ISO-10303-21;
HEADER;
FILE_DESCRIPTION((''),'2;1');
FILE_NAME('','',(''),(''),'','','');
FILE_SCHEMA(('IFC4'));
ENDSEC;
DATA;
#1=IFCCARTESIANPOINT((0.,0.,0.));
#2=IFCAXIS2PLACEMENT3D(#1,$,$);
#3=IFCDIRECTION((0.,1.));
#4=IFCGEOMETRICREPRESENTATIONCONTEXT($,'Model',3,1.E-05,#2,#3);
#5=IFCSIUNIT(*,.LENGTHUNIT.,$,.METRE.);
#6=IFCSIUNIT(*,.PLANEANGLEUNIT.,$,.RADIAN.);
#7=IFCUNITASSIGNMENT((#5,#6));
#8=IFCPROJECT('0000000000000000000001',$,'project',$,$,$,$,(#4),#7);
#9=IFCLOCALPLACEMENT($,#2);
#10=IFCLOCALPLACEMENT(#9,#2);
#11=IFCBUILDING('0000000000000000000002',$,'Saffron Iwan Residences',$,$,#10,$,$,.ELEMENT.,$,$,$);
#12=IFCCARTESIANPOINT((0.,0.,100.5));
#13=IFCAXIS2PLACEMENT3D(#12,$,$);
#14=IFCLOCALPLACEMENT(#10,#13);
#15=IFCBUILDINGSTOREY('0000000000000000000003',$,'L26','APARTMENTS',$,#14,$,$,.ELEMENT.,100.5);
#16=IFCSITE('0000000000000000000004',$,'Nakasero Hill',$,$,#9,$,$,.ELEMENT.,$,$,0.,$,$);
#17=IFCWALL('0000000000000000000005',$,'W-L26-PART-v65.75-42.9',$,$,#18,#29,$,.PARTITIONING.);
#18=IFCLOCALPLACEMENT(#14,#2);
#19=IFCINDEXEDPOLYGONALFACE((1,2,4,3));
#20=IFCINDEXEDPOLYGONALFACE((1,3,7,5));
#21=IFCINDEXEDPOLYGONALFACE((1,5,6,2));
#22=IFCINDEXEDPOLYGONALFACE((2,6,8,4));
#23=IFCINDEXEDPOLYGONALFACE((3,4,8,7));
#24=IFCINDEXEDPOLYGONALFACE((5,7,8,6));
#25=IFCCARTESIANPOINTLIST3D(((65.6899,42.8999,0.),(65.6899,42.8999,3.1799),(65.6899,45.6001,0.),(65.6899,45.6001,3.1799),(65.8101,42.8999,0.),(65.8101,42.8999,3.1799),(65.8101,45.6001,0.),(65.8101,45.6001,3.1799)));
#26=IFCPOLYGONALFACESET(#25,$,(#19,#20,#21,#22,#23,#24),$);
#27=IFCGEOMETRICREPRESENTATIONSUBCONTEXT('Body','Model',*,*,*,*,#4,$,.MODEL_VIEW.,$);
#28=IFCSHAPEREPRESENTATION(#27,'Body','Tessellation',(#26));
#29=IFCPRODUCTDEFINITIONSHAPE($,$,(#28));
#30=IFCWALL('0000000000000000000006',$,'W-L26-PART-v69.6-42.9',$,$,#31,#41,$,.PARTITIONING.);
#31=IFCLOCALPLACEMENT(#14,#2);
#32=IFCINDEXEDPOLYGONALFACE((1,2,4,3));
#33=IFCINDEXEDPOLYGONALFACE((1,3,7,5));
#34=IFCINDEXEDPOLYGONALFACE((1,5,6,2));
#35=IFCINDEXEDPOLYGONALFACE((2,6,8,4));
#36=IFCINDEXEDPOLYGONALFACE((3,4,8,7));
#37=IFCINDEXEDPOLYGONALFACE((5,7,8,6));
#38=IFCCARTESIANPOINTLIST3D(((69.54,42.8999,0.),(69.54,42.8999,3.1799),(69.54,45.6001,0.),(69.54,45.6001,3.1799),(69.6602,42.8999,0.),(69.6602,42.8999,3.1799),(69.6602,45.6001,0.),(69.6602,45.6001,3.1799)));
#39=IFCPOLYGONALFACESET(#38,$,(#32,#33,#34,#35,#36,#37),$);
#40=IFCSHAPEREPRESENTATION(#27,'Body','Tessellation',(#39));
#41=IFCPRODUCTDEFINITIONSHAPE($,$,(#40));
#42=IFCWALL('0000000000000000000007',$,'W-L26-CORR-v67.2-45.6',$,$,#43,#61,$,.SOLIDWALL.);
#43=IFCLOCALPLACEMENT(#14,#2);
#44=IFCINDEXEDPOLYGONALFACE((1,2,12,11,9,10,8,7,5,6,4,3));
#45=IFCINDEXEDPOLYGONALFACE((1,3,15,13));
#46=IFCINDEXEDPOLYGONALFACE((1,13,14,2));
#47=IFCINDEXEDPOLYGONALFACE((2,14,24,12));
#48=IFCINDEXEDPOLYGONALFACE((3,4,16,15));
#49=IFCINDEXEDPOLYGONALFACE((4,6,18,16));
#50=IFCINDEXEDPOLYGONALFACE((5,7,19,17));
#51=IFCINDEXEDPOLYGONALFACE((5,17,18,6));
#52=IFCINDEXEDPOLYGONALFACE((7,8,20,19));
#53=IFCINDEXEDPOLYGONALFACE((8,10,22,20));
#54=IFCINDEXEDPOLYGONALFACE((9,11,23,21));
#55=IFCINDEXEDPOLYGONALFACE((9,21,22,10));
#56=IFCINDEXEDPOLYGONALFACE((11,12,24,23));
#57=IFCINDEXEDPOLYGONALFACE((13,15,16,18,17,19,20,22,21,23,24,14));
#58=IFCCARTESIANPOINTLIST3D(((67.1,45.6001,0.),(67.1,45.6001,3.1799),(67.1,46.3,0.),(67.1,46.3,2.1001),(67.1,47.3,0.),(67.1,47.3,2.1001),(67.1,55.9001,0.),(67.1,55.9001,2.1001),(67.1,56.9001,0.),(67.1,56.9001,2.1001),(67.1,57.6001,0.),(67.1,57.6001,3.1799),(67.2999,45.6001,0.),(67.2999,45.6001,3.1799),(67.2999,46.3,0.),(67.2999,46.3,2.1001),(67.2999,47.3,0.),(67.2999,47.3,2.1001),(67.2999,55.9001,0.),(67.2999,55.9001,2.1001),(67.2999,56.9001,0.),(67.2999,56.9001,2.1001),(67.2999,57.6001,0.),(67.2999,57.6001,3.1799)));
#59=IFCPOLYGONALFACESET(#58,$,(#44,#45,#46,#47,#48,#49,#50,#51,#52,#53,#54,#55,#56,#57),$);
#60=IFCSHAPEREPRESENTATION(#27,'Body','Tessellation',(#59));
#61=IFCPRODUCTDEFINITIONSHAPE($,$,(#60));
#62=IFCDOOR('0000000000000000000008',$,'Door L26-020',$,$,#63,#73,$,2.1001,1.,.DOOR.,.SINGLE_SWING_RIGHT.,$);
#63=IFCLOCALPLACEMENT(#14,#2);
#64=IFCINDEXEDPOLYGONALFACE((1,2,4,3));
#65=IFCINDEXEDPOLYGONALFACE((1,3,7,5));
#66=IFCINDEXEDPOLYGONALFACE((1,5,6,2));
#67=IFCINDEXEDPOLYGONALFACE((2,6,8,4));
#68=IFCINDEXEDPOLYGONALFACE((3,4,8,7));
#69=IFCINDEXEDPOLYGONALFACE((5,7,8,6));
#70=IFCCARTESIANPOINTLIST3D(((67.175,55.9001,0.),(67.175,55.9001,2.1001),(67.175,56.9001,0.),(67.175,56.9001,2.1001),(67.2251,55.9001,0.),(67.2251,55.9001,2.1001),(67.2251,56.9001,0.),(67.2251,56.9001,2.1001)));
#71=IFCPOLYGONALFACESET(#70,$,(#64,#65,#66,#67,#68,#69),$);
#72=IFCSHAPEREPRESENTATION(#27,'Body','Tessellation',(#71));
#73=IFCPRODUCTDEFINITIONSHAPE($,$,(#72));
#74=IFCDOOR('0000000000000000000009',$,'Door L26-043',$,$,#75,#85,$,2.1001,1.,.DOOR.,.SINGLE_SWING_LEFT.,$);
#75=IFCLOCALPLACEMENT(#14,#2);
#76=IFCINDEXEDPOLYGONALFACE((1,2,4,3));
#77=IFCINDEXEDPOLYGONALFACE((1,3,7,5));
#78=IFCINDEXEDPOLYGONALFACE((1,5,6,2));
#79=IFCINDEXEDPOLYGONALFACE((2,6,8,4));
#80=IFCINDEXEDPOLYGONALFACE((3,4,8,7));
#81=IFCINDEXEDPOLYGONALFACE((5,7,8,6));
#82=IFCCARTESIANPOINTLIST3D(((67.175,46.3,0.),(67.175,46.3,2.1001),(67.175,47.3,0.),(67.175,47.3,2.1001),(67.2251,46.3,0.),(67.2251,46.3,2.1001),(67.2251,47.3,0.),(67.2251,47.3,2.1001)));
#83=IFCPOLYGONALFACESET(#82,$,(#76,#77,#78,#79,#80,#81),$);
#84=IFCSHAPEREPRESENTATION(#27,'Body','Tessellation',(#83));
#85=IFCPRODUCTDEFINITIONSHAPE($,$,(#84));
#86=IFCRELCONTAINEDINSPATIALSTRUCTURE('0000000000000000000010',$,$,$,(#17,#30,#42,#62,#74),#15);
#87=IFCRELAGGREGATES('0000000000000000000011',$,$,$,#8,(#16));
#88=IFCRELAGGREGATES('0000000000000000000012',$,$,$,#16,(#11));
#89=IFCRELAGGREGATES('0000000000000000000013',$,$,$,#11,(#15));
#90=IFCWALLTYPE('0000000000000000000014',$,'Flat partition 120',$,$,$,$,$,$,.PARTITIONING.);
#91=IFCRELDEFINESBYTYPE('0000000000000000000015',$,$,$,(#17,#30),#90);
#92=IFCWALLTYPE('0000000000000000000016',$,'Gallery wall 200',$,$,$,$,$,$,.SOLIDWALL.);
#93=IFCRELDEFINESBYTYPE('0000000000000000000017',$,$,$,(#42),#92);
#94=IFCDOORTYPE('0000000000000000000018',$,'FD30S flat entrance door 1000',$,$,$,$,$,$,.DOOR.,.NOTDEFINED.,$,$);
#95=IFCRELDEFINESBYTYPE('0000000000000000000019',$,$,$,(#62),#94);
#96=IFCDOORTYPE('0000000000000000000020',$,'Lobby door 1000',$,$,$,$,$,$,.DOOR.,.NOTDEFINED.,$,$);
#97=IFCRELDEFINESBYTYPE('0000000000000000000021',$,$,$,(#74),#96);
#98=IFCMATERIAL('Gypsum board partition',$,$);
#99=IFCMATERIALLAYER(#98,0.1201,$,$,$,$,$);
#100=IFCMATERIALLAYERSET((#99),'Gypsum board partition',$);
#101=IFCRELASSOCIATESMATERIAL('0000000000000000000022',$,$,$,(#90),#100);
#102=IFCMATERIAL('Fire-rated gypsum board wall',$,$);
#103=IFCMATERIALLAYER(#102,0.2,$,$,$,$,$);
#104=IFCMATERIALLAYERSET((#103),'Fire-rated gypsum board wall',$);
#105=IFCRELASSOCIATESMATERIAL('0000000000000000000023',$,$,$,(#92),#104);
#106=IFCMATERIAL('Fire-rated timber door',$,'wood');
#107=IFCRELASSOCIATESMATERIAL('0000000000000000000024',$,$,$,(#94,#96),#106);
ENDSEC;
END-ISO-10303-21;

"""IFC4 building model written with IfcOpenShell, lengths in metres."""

from ifc_helpers import new_model, si_unit, direction, frame, frame_2d, origin, place, context, subcontext, project, spatial, rectangle, extrude, material, layer, layer_set, type_object, element, fill, save


model = new_model("IFC4")

# Units and contexts
model_context = context("Model", 3, precision=1e-05, world=origin(), true_north=direction((0.0, 1.0)))
body_context = subcontext(model_context, "Body", "Model", "MODEL_VIEW")
ifc_project = project(units=[si_unit("LENGTHUNIT", "METRE"), si_unit("PLANEANGLEUNIT", "RADIAN")], contexts=[model_context])

# Site, building, storey
site_placement = place(None, origin())
site = spatial("IfcSite", under=ifc_project, at=site_placement, Name="Nakasero Hill", CompositionType="ELEMENT", RefElevation=0.0)
building_placement = place(site_placement, origin())
building = spatial("IfcBuilding", under=site, at=building_placement, Name="Saffron Iwan Residences", CompositionType="ELEMENT")
storey_placement = place(building_placement, frame((0.0, 0.0, 100.5)))
storey = spatial("IfcBuildingStorey", under=building, at=storey_placement, Name="L26", Description="APARTMENTS", CompositionType="ELEMENT", Elevation=100.5)

# Shared definitions
ifc_material_1 = material(Name="Fire-rated gypsum board wall")

# Shared definitions
ifc_material_2 = material(Name="Gypsum board partition")
ifc_layer_1 = layer(ifc_material_2, 0.1201)
ifc_layer_set_1 = layer_set([ifc_layer_1], Name="Gypsum board partition")
wall_type_1 = type_object("IfcWallType", Name="Flat partition 120", PredefinedType="PARTITIONING", material=ifc_layer_set_1)

# Walls
for number, where, z_axis, x_axis, name in (
    (1, (65.75, 42.8999, 0.0), (0.0, 0.0, 1.0), (0.0, 1.0, 0.0), "W-L26-PART-v65.75-42.9"),
    (2, (69.6001, 42.8999, 0.0), (0.0, 0.0, 1.0), (0.0, 1.0, 0.0), "W-L26-PART-v69.6-42.9"),
):
    element("IfcWall", number, at=place(storey_placement, frame(where, z_axis=z_axis, x_axis=x_axis)), inside=storey, type_object=wall_type_1, Name=name, PredefinedType="PARTITIONING", context=body_context, shape_type="SweptSolid", body=[
        extrude(rectangle(XDim=2.7002, YDim=0.1201, at=frame_2d((1.3501, 0.0))), origin(), (0.0, 0.0, 1.0), 3.1799),
    ])

# Wall, openings, doors
ifc_layer_2 = layer(ifc_material_1, 0.2)
ifc_layer_set_2 = layer_set([ifc_layer_2], Name="Fire-rated gypsum board wall")
wall_type_2 = type_object("IfcWallType", Name="Gallery wall 200", PredefinedType="SOLIDWALL", material=ifc_layer_set_2)
wall_1_placement = place(storey_placement, frame((67.2, 45.6001, 0.0), z_axis=(0.0, 0.0, 1.0), x_axis=(0.0, 1.0, 0.0)))
wall_1 = element("IfcWall", 3, at=wall_1_placement, inside=storey, type_object=wall_type_2, Name="W-L26-CORR-v67.2-45.6", PredefinedType="SOLIDWALL", context=body_context, shape_type="SweptSolid", body=[
    extrude(rectangle(XDim=12.0, YDim=0.2, at=frame_2d((6.0, 0.0))), origin(), (0.0, 0.0, 1.0), 3.1799),
])
opening_1_placement = place(wall_1_placement, frame((10.3, 0.0, 0.0)))
opening_1 = element("IfcOpeningElement", 4, at=opening_1_placement, cuts=wall_1, PredefinedType="OPENING", context=body_context, shape_type="SweptSolid", body=[
    extrude(rectangle(XDim=1.0, YDim=2.1001, at=frame_2d((0.5, 1.05))), frame((0.0, 0.1099, 0.0), z_axis=(0.0, -1.0, 0.0), x_axis=(1.0, 0.0, 0.0)), (0.0, 0.0, 1.0), 0.22),
])
opening_2_placement = place(wall_1_placement, frame((0.7, 0.0, 0.0)))
opening_2 = element("IfcOpeningElement", 5, at=opening_2_placement, cuts=wall_1, PredefinedType="OPENING", context=body_context, shape_type="SweptSolid", body=[
    extrude(rectangle(XDim=1.0, YDim=2.1001, at=frame_2d((0.5, 1.05))), frame((0.0, 0.1099, 0.0), z_axis=(0.0, -1.0, 0.0), x_axis=(1.0, 0.0, 0.0)), (0.0, 0.0, 1.0), 0.22),
])
ifc_material_3 = material(Name="Fire-rated timber door", Category="wood")
door_type_1 = type_object("IfcDoorType", Name="FD30S flat entrance door 1000", OperationType="NOTDEFINED", PredefinedType="DOOR", material=ifc_material_3)
door_1_placement = place(opening_1_placement, origin())
door_1 = element("IfcDoor", 6, at=door_1_placement, inside=storey, type_object=door_type_1, Name="Door L26-020", OperationType="SINGLE_SWING_RIGHT", OverallHeight=2.1001, OverallWidth=1.0, PredefinedType="DOOR", context=body_context, shape_type="SweptSolid", body=[
    extrude(rectangle(XDim=1.0, YDim=2.1001, at=frame_2d((0.5, 1.05))), frame((0.0, 0.0249, 0.0), z_axis=(0.0, -1.0, 0.0), x_axis=(1.0, 0.0, 0.0)), (0.0, 0.0, 1.0), 0.05),
])
fill(opening_1, door_1)
door_type_2 = type_object("IfcDoorType", Name="Lobby door 1000", OperationType="NOTDEFINED", PredefinedType="DOOR", material=ifc_material_3)
door_2_placement = place(opening_2_placement, origin())
door_2 = element("IfcDoor", 7, at=door_2_placement, inside=storey, type_object=door_type_2, Name="Door L26-043", OperationType="SINGLE_SWING_LEFT", OverallHeight=2.1001, OverallWidth=1.0, PredefinedType="DOOR", context=body_context, shape_type="SweptSolid", body=[
    extrude(rectangle(XDim=1.0, YDim=2.1001, at=frame_2d((0.5, 1.05))), frame((0.0, 0.0249, 0.0), z_axis=(0.0, -1.0, 0.0), x_axis=(1.0, 0.0, 0.0)), (0.0, 0.0, 1.0), 0.05),
])
fill(opening_2, door_2)

save(model, "model.ifc")
